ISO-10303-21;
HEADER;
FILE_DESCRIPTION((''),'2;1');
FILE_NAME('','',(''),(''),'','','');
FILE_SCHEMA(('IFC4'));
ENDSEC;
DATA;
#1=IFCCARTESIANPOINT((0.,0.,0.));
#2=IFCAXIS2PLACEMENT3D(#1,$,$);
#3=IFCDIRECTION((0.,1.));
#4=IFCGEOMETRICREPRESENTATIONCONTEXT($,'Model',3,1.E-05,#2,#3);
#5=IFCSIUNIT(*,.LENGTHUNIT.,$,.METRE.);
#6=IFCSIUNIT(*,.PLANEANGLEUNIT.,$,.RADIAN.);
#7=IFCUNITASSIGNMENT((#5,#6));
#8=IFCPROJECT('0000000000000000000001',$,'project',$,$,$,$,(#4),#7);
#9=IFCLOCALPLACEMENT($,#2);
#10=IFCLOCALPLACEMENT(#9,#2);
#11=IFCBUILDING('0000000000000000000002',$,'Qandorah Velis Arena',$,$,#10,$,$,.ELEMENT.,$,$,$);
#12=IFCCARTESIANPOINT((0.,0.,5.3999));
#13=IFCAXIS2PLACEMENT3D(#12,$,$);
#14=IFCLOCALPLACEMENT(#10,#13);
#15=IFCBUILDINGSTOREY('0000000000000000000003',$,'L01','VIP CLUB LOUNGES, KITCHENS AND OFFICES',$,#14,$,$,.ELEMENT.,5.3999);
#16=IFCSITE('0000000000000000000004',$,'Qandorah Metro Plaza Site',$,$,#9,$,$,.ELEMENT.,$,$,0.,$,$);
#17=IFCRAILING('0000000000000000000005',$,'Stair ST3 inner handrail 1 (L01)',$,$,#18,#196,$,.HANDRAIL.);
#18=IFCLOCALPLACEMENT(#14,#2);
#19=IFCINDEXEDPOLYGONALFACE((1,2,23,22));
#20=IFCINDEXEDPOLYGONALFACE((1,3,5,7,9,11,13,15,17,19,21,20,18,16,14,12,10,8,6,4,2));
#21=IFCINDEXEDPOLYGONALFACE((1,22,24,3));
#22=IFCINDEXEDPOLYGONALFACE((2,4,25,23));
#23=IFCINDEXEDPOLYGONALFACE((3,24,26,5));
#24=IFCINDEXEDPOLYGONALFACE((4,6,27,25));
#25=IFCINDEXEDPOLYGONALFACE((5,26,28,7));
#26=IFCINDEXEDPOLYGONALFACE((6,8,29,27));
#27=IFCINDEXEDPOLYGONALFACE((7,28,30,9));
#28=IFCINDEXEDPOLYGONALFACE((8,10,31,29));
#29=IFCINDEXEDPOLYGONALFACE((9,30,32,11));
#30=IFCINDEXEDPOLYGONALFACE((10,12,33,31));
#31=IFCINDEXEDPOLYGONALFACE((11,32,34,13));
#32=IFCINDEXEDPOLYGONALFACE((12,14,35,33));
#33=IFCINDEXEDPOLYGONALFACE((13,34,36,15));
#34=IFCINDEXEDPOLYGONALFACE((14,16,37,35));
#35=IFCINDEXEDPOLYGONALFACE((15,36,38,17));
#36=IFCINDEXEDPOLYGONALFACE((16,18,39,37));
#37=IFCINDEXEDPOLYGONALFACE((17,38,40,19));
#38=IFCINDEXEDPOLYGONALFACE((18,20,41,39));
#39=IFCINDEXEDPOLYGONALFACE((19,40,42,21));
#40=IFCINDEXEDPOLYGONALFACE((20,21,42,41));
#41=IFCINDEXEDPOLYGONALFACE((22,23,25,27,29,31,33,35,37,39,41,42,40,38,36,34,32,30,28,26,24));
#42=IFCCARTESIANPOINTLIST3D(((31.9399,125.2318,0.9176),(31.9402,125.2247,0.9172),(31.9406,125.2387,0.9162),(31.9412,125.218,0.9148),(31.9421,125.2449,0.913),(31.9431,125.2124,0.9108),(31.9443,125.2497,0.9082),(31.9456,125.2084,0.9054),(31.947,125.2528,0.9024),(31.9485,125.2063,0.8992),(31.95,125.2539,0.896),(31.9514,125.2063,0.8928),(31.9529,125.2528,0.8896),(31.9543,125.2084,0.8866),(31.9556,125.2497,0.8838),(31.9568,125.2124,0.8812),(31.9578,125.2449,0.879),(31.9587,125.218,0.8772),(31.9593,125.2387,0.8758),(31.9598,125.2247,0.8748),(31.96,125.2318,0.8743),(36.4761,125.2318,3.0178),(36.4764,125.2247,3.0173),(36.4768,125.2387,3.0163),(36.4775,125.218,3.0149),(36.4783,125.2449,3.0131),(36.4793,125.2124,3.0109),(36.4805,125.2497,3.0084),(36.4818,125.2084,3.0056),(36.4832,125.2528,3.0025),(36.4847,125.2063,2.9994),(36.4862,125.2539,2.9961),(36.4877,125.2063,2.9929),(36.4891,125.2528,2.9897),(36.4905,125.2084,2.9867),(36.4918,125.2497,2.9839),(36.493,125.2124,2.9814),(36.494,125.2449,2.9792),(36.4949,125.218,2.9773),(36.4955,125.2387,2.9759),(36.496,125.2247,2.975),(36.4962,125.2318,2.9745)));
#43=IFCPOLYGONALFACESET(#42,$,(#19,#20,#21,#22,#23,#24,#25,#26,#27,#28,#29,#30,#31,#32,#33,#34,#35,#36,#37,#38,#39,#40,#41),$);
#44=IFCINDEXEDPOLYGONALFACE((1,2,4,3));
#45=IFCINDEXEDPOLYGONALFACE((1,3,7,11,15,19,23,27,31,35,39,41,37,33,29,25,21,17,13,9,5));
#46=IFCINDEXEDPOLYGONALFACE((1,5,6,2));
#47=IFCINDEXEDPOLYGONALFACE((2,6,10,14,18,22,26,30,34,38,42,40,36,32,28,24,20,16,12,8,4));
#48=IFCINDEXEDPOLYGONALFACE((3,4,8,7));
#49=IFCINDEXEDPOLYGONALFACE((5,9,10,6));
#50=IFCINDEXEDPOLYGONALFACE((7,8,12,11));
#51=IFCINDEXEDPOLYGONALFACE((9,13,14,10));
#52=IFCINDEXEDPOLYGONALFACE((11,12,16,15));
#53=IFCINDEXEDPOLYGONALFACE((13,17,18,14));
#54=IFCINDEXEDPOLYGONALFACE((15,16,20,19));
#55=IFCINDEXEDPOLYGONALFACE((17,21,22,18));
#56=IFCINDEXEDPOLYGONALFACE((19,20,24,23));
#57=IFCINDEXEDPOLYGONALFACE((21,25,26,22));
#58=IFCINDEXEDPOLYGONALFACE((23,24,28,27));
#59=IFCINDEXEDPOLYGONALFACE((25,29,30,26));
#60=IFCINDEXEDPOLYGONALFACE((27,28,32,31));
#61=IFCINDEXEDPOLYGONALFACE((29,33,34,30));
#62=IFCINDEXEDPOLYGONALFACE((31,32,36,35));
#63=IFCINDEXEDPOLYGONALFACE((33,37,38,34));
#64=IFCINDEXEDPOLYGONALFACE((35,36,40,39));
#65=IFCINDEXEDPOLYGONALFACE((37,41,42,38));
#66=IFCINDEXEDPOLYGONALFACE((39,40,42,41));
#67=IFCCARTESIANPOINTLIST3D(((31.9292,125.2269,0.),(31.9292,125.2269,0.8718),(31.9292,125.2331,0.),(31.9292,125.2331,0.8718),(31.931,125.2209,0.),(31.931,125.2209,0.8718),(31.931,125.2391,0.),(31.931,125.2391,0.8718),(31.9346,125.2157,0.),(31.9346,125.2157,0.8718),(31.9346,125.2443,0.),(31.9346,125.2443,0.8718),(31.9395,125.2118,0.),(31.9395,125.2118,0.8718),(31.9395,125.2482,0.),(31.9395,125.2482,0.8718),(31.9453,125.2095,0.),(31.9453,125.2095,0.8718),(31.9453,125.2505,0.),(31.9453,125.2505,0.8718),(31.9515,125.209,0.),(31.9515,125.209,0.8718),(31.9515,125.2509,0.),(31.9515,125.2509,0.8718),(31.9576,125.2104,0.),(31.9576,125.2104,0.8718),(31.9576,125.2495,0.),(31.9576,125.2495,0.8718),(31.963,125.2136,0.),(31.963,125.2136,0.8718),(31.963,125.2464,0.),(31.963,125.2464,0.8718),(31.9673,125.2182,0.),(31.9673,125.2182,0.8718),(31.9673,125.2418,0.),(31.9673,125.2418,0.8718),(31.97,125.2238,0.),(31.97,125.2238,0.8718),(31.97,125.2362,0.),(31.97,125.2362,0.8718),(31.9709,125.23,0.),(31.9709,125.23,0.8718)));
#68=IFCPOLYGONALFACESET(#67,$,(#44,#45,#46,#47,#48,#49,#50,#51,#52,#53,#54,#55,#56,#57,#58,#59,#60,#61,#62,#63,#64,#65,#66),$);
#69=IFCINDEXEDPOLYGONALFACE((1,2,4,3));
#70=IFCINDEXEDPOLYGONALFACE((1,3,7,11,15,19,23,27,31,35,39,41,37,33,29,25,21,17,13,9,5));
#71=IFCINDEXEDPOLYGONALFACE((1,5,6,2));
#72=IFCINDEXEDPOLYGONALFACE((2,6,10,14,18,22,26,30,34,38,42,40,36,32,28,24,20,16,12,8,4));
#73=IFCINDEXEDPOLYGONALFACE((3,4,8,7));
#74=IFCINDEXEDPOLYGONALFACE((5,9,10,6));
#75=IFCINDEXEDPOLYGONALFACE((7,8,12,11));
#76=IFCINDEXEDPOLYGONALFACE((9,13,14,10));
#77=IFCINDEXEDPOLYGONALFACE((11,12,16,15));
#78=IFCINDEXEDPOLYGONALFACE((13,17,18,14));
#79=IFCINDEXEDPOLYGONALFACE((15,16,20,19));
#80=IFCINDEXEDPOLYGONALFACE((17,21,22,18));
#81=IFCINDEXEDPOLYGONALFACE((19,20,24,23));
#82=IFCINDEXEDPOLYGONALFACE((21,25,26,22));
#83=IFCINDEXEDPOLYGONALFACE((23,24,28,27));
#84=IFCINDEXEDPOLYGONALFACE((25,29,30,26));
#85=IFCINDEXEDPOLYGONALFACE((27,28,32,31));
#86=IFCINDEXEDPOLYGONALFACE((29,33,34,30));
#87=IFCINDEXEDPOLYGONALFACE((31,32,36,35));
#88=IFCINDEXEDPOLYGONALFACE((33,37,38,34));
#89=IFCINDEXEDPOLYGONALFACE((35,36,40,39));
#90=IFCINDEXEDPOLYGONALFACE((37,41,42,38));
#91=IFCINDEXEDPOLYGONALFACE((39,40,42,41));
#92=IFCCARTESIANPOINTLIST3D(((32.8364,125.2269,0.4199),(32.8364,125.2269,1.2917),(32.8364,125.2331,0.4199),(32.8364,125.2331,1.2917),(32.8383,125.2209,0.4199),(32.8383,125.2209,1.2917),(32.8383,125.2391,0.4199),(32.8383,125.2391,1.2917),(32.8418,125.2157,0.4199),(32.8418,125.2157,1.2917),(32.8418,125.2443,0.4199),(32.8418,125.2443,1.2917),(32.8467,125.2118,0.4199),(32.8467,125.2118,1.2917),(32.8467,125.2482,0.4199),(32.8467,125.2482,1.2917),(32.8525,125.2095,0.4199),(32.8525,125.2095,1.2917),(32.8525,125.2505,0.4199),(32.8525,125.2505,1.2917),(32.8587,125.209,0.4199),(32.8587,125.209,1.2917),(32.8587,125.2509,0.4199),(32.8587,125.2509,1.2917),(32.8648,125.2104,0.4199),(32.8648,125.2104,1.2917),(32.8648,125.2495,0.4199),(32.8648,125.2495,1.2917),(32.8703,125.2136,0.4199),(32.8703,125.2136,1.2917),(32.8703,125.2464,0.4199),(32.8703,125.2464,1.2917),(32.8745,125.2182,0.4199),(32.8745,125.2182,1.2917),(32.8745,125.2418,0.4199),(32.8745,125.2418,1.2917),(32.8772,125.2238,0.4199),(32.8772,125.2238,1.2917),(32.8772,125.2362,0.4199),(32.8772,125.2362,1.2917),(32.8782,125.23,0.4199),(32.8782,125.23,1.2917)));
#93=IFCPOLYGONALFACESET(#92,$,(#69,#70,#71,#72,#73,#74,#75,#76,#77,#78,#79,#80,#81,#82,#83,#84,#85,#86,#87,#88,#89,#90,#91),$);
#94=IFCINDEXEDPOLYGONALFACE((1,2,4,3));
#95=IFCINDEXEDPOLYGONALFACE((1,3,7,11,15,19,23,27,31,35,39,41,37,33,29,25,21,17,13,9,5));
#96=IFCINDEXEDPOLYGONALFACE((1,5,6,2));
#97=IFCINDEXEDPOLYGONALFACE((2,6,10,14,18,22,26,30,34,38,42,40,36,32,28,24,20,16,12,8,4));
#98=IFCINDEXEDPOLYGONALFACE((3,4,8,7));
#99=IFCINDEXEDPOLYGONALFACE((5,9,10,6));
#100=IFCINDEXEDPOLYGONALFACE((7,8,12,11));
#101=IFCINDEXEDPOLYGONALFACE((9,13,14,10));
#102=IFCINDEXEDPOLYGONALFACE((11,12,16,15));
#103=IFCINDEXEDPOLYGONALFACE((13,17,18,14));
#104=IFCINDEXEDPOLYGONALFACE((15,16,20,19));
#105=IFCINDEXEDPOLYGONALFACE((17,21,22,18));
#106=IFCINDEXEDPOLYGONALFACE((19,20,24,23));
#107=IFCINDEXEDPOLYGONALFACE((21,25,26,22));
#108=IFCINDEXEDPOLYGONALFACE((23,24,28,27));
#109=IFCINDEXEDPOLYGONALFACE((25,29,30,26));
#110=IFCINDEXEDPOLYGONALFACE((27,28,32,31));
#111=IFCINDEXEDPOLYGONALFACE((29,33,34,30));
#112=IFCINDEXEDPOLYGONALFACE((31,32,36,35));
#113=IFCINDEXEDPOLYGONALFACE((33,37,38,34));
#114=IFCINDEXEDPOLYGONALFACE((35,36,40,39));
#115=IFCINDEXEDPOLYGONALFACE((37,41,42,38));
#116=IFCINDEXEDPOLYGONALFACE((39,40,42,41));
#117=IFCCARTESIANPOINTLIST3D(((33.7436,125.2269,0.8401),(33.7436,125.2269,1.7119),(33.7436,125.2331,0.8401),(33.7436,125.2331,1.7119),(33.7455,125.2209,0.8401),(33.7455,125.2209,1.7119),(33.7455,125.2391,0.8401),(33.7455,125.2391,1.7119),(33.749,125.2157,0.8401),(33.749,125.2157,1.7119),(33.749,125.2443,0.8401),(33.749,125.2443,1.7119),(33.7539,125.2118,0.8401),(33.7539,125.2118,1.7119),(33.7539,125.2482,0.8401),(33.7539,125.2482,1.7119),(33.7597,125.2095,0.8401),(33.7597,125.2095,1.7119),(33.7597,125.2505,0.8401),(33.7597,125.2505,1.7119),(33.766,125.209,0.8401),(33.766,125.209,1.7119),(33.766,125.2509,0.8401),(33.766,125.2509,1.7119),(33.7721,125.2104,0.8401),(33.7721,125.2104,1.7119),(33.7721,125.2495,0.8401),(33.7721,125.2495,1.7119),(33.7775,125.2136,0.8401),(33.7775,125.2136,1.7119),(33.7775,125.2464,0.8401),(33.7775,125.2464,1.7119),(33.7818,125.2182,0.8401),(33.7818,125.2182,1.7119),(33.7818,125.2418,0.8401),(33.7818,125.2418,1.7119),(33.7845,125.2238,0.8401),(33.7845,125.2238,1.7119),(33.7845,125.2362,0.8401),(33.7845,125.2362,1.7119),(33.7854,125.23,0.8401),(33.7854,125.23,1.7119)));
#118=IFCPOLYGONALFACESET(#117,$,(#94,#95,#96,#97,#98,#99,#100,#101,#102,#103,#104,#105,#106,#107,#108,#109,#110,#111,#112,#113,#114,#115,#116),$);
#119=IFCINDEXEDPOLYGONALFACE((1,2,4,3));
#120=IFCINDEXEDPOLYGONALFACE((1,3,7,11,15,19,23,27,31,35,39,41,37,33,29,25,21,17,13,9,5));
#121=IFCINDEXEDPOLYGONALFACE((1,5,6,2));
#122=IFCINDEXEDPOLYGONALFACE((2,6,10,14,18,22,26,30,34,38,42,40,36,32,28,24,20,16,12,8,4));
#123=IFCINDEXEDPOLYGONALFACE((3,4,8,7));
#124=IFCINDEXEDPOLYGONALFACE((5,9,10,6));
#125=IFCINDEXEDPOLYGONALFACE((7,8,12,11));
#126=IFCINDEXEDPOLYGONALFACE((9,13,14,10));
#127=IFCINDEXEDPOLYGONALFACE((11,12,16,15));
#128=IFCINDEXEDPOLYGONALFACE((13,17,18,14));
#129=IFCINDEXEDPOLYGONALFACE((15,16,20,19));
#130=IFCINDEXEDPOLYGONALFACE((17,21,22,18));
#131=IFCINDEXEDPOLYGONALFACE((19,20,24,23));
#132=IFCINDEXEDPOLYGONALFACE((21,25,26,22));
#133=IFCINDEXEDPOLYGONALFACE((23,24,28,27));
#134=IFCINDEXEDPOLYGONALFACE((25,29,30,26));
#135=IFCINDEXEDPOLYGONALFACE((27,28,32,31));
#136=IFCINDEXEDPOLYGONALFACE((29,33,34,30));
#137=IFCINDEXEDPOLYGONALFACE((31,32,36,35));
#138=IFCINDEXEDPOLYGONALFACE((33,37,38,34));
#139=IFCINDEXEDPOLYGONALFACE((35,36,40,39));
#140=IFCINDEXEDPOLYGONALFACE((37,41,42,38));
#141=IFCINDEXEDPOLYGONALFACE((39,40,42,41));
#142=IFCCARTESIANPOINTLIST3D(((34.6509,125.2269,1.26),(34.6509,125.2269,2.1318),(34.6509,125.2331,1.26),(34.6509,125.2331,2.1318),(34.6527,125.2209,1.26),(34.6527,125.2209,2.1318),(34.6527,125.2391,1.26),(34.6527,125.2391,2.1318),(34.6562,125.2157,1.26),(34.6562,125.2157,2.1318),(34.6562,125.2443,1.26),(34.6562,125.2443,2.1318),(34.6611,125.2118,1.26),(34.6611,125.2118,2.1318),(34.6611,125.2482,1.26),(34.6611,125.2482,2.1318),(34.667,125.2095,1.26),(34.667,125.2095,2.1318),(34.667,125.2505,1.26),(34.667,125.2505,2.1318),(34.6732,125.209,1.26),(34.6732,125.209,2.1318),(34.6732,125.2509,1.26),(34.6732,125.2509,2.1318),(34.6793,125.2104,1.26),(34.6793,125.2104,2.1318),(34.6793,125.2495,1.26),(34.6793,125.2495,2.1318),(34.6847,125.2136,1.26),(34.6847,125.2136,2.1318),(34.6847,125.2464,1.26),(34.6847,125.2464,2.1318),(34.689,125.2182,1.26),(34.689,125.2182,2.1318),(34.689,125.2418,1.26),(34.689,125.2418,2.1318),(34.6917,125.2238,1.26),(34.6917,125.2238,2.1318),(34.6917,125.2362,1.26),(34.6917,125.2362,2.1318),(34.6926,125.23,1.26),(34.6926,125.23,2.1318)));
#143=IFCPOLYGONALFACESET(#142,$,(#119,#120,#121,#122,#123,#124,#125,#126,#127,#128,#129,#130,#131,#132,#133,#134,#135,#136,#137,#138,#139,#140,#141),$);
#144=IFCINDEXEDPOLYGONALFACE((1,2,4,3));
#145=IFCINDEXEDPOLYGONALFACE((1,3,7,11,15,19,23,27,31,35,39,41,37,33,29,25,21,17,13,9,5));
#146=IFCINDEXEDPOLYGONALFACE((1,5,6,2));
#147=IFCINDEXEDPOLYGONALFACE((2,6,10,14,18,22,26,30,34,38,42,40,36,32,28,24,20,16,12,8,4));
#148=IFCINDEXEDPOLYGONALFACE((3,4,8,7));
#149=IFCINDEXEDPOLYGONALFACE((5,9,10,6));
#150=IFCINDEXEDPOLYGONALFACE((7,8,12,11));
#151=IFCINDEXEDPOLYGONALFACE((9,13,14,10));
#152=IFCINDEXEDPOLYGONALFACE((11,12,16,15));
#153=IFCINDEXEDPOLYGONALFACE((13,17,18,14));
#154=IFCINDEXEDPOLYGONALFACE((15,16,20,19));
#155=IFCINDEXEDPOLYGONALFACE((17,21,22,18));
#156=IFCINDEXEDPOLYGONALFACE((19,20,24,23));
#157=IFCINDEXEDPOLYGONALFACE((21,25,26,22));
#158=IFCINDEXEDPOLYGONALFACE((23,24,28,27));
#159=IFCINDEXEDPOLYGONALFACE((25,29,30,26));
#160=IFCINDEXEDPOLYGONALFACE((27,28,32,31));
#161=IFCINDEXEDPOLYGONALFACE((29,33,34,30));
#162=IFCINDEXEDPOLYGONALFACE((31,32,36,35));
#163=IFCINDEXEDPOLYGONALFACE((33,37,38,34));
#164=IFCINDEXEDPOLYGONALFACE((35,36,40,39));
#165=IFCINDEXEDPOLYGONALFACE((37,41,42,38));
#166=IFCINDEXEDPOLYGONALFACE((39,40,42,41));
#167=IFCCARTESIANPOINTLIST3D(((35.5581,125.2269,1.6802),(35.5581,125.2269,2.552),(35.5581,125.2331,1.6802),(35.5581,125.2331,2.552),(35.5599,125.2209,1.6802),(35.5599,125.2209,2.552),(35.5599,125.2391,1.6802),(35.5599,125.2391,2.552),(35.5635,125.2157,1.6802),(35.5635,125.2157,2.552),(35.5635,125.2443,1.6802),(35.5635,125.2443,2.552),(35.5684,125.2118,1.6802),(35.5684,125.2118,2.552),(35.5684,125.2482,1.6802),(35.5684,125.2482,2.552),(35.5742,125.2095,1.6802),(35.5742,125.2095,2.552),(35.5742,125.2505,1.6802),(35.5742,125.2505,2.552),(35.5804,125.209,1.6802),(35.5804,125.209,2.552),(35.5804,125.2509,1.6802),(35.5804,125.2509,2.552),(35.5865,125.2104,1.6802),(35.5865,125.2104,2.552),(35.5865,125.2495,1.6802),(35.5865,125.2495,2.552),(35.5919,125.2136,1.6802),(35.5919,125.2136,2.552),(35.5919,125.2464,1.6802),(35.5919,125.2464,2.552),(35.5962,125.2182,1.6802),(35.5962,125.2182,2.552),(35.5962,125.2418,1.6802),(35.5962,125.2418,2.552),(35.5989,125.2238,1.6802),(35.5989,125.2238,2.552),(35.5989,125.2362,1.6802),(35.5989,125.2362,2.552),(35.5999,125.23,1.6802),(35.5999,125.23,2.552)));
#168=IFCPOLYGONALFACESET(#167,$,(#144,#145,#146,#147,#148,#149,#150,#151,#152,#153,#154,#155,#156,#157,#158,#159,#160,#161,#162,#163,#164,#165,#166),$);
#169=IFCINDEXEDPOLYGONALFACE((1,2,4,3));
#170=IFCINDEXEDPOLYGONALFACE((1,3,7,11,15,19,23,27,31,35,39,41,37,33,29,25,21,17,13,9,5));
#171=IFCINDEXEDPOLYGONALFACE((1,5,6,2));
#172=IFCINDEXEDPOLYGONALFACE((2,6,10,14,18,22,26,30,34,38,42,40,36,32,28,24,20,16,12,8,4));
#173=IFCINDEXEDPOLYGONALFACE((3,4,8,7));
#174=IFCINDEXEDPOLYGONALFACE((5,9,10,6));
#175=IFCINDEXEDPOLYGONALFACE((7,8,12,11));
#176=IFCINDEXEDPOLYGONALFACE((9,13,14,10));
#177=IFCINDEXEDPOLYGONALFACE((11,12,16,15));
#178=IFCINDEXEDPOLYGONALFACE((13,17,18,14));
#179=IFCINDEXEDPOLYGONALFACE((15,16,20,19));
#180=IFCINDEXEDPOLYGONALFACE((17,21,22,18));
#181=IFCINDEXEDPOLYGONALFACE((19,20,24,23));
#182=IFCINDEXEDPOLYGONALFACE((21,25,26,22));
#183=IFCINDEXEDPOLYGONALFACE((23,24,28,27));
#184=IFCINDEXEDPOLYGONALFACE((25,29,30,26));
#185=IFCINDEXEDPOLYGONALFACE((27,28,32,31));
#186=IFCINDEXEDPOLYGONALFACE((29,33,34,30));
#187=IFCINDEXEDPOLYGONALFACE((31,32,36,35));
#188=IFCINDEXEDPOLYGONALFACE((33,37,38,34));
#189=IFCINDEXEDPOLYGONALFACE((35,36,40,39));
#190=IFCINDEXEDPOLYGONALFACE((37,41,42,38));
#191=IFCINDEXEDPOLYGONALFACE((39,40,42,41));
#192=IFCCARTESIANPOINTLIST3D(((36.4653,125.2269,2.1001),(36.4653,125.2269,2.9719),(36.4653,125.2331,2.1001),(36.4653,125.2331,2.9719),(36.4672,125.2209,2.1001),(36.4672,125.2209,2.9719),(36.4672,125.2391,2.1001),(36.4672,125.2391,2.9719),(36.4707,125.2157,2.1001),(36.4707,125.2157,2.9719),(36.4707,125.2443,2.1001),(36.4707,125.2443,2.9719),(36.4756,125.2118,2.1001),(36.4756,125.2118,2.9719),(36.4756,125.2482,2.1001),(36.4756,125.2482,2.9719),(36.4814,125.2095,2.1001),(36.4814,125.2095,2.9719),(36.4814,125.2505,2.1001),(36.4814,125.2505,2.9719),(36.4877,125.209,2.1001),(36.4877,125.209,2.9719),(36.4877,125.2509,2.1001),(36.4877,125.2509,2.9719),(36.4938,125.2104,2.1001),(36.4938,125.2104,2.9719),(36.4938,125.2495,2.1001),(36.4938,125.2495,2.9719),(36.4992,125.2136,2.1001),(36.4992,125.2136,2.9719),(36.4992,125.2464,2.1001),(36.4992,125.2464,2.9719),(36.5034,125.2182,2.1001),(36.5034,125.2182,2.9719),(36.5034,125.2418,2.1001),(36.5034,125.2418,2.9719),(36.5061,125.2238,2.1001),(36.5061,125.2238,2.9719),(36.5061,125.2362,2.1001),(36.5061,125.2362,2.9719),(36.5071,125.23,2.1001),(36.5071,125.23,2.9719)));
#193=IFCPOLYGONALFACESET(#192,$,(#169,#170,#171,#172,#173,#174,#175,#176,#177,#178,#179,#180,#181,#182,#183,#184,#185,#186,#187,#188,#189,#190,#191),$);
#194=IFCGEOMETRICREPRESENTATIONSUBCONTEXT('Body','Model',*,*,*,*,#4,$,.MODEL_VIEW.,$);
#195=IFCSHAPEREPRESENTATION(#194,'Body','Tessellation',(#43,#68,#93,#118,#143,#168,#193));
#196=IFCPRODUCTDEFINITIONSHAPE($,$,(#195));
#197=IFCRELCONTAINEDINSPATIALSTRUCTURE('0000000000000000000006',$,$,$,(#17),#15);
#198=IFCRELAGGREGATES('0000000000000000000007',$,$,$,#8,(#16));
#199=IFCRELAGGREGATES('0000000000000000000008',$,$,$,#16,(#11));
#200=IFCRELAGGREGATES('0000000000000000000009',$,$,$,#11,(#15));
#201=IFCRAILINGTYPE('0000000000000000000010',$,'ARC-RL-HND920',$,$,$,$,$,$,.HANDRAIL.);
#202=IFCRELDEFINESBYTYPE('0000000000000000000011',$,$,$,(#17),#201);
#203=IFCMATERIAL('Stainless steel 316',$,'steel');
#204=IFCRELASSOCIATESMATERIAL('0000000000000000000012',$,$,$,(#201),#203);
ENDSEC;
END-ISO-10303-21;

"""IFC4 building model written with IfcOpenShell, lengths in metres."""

from ifc_helpers import new_model, si_unit, direction, frame, origin, origin_2d, place, context, subcontext, project, spatial, circle, extrude, material, type_object, element, save


model = new_model("IFC4")

# Units and contexts
model_context = context("Model", 3, precision=1e-05, world=origin(), true_north=direction((0.0, 1.0)))
body_context = subcontext(model_context, "Body", "Model", "MODEL_VIEW")
ifc_project = project(units=[si_unit("LENGTHUNIT", "METRE"), si_unit("PLANEANGLEUNIT", "RADIAN")], contexts=[model_context])

# Site, building, storey
site_placement = place(None, origin())
site = spatial("IfcSite", under=ifc_project, at=site_placement, Name="Qandorah Metro Plaza Site", CompositionType="ELEMENT", RefElevation=0.0)
building_placement = place(site_placement, origin())
building = spatial("IfcBuilding", under=site, at=building_placement, Name="Qandorah Velis Arena", CompositionType="ELEMENT")
storey_placement = place(building_placement, frame((0.0, 0.0, 5.3999)))
storey = spatial("IfcBuildingStorey", under=building, at=storey_placement, Name="L01", Description="VIP CLUB LOUNGES, KITCHENS AND OFFICES", CompositionType="ELEMENT", Elevation=5.3999)

# Railing
ifc_material_1 = material(Name="Stainless steel 316", Category="steel")
railing_type_1 = type_object("IfcRailingType", Name="ARC-RL-HND920", PredefinedType="HANDRAIL", material=ifc_material_1)
railing_1_placement = place(storey_placement, frame((31.95, 125.23, 0.0)))
element("IfcRailing", 1, at=railing_1_placement, inside=storey, type_object=railing_type_1, Name="Stair ST3 inner handrail 1 (L01)", PredefinedType="HANDRAIL", context=body_context, shape_type="SweptSolid", body=[
    extrude(circle(Radius=0.0239, at=origin_2d()), frame((0.0, 0.0, 0.896), z_axis=(0.907464, 0.0, 0.42013), x_axis=(0.0, 1.0, 0.0)), (0.0, 0.0, 1.0), 4.9988),
    extrude(circle(Radius=0.021, at=origin_2d()), origin(), (0.0, 0.0, 1.0), 0.8718),
    extrude(circle(Radius=0.021, at=origin_2d()), frame((0.9072, 0.0, 0.4199)), (0.0, 0.0, 1.0), 0.8718),
    extrude(circle(Radius=0.021, at=origin_2d()), frame((1.8145, 0.0, 0.8401)), (0.0, 0.0, 1.0), 0.8718),
    extrude(circle(Radius=0.021, at=origin_2d()), frame((2.7217, 0.0, 1.26)), (0.0, 0.0, 1.0), 0.8718),
    extrude(circle(Radius=0.021, at=origin_2d()), frame((3.6289, 0.0, 1.6802)), (0.0, 0.0, 1.0), 0.8718),
    extrude(circle(Radius=0.021, at=origin_2d()), frame((4.5361, 0.0, 2.1001)), (0.0, 0.0, 1.0), 0.8718),
])

save(model, "model.ifc")
